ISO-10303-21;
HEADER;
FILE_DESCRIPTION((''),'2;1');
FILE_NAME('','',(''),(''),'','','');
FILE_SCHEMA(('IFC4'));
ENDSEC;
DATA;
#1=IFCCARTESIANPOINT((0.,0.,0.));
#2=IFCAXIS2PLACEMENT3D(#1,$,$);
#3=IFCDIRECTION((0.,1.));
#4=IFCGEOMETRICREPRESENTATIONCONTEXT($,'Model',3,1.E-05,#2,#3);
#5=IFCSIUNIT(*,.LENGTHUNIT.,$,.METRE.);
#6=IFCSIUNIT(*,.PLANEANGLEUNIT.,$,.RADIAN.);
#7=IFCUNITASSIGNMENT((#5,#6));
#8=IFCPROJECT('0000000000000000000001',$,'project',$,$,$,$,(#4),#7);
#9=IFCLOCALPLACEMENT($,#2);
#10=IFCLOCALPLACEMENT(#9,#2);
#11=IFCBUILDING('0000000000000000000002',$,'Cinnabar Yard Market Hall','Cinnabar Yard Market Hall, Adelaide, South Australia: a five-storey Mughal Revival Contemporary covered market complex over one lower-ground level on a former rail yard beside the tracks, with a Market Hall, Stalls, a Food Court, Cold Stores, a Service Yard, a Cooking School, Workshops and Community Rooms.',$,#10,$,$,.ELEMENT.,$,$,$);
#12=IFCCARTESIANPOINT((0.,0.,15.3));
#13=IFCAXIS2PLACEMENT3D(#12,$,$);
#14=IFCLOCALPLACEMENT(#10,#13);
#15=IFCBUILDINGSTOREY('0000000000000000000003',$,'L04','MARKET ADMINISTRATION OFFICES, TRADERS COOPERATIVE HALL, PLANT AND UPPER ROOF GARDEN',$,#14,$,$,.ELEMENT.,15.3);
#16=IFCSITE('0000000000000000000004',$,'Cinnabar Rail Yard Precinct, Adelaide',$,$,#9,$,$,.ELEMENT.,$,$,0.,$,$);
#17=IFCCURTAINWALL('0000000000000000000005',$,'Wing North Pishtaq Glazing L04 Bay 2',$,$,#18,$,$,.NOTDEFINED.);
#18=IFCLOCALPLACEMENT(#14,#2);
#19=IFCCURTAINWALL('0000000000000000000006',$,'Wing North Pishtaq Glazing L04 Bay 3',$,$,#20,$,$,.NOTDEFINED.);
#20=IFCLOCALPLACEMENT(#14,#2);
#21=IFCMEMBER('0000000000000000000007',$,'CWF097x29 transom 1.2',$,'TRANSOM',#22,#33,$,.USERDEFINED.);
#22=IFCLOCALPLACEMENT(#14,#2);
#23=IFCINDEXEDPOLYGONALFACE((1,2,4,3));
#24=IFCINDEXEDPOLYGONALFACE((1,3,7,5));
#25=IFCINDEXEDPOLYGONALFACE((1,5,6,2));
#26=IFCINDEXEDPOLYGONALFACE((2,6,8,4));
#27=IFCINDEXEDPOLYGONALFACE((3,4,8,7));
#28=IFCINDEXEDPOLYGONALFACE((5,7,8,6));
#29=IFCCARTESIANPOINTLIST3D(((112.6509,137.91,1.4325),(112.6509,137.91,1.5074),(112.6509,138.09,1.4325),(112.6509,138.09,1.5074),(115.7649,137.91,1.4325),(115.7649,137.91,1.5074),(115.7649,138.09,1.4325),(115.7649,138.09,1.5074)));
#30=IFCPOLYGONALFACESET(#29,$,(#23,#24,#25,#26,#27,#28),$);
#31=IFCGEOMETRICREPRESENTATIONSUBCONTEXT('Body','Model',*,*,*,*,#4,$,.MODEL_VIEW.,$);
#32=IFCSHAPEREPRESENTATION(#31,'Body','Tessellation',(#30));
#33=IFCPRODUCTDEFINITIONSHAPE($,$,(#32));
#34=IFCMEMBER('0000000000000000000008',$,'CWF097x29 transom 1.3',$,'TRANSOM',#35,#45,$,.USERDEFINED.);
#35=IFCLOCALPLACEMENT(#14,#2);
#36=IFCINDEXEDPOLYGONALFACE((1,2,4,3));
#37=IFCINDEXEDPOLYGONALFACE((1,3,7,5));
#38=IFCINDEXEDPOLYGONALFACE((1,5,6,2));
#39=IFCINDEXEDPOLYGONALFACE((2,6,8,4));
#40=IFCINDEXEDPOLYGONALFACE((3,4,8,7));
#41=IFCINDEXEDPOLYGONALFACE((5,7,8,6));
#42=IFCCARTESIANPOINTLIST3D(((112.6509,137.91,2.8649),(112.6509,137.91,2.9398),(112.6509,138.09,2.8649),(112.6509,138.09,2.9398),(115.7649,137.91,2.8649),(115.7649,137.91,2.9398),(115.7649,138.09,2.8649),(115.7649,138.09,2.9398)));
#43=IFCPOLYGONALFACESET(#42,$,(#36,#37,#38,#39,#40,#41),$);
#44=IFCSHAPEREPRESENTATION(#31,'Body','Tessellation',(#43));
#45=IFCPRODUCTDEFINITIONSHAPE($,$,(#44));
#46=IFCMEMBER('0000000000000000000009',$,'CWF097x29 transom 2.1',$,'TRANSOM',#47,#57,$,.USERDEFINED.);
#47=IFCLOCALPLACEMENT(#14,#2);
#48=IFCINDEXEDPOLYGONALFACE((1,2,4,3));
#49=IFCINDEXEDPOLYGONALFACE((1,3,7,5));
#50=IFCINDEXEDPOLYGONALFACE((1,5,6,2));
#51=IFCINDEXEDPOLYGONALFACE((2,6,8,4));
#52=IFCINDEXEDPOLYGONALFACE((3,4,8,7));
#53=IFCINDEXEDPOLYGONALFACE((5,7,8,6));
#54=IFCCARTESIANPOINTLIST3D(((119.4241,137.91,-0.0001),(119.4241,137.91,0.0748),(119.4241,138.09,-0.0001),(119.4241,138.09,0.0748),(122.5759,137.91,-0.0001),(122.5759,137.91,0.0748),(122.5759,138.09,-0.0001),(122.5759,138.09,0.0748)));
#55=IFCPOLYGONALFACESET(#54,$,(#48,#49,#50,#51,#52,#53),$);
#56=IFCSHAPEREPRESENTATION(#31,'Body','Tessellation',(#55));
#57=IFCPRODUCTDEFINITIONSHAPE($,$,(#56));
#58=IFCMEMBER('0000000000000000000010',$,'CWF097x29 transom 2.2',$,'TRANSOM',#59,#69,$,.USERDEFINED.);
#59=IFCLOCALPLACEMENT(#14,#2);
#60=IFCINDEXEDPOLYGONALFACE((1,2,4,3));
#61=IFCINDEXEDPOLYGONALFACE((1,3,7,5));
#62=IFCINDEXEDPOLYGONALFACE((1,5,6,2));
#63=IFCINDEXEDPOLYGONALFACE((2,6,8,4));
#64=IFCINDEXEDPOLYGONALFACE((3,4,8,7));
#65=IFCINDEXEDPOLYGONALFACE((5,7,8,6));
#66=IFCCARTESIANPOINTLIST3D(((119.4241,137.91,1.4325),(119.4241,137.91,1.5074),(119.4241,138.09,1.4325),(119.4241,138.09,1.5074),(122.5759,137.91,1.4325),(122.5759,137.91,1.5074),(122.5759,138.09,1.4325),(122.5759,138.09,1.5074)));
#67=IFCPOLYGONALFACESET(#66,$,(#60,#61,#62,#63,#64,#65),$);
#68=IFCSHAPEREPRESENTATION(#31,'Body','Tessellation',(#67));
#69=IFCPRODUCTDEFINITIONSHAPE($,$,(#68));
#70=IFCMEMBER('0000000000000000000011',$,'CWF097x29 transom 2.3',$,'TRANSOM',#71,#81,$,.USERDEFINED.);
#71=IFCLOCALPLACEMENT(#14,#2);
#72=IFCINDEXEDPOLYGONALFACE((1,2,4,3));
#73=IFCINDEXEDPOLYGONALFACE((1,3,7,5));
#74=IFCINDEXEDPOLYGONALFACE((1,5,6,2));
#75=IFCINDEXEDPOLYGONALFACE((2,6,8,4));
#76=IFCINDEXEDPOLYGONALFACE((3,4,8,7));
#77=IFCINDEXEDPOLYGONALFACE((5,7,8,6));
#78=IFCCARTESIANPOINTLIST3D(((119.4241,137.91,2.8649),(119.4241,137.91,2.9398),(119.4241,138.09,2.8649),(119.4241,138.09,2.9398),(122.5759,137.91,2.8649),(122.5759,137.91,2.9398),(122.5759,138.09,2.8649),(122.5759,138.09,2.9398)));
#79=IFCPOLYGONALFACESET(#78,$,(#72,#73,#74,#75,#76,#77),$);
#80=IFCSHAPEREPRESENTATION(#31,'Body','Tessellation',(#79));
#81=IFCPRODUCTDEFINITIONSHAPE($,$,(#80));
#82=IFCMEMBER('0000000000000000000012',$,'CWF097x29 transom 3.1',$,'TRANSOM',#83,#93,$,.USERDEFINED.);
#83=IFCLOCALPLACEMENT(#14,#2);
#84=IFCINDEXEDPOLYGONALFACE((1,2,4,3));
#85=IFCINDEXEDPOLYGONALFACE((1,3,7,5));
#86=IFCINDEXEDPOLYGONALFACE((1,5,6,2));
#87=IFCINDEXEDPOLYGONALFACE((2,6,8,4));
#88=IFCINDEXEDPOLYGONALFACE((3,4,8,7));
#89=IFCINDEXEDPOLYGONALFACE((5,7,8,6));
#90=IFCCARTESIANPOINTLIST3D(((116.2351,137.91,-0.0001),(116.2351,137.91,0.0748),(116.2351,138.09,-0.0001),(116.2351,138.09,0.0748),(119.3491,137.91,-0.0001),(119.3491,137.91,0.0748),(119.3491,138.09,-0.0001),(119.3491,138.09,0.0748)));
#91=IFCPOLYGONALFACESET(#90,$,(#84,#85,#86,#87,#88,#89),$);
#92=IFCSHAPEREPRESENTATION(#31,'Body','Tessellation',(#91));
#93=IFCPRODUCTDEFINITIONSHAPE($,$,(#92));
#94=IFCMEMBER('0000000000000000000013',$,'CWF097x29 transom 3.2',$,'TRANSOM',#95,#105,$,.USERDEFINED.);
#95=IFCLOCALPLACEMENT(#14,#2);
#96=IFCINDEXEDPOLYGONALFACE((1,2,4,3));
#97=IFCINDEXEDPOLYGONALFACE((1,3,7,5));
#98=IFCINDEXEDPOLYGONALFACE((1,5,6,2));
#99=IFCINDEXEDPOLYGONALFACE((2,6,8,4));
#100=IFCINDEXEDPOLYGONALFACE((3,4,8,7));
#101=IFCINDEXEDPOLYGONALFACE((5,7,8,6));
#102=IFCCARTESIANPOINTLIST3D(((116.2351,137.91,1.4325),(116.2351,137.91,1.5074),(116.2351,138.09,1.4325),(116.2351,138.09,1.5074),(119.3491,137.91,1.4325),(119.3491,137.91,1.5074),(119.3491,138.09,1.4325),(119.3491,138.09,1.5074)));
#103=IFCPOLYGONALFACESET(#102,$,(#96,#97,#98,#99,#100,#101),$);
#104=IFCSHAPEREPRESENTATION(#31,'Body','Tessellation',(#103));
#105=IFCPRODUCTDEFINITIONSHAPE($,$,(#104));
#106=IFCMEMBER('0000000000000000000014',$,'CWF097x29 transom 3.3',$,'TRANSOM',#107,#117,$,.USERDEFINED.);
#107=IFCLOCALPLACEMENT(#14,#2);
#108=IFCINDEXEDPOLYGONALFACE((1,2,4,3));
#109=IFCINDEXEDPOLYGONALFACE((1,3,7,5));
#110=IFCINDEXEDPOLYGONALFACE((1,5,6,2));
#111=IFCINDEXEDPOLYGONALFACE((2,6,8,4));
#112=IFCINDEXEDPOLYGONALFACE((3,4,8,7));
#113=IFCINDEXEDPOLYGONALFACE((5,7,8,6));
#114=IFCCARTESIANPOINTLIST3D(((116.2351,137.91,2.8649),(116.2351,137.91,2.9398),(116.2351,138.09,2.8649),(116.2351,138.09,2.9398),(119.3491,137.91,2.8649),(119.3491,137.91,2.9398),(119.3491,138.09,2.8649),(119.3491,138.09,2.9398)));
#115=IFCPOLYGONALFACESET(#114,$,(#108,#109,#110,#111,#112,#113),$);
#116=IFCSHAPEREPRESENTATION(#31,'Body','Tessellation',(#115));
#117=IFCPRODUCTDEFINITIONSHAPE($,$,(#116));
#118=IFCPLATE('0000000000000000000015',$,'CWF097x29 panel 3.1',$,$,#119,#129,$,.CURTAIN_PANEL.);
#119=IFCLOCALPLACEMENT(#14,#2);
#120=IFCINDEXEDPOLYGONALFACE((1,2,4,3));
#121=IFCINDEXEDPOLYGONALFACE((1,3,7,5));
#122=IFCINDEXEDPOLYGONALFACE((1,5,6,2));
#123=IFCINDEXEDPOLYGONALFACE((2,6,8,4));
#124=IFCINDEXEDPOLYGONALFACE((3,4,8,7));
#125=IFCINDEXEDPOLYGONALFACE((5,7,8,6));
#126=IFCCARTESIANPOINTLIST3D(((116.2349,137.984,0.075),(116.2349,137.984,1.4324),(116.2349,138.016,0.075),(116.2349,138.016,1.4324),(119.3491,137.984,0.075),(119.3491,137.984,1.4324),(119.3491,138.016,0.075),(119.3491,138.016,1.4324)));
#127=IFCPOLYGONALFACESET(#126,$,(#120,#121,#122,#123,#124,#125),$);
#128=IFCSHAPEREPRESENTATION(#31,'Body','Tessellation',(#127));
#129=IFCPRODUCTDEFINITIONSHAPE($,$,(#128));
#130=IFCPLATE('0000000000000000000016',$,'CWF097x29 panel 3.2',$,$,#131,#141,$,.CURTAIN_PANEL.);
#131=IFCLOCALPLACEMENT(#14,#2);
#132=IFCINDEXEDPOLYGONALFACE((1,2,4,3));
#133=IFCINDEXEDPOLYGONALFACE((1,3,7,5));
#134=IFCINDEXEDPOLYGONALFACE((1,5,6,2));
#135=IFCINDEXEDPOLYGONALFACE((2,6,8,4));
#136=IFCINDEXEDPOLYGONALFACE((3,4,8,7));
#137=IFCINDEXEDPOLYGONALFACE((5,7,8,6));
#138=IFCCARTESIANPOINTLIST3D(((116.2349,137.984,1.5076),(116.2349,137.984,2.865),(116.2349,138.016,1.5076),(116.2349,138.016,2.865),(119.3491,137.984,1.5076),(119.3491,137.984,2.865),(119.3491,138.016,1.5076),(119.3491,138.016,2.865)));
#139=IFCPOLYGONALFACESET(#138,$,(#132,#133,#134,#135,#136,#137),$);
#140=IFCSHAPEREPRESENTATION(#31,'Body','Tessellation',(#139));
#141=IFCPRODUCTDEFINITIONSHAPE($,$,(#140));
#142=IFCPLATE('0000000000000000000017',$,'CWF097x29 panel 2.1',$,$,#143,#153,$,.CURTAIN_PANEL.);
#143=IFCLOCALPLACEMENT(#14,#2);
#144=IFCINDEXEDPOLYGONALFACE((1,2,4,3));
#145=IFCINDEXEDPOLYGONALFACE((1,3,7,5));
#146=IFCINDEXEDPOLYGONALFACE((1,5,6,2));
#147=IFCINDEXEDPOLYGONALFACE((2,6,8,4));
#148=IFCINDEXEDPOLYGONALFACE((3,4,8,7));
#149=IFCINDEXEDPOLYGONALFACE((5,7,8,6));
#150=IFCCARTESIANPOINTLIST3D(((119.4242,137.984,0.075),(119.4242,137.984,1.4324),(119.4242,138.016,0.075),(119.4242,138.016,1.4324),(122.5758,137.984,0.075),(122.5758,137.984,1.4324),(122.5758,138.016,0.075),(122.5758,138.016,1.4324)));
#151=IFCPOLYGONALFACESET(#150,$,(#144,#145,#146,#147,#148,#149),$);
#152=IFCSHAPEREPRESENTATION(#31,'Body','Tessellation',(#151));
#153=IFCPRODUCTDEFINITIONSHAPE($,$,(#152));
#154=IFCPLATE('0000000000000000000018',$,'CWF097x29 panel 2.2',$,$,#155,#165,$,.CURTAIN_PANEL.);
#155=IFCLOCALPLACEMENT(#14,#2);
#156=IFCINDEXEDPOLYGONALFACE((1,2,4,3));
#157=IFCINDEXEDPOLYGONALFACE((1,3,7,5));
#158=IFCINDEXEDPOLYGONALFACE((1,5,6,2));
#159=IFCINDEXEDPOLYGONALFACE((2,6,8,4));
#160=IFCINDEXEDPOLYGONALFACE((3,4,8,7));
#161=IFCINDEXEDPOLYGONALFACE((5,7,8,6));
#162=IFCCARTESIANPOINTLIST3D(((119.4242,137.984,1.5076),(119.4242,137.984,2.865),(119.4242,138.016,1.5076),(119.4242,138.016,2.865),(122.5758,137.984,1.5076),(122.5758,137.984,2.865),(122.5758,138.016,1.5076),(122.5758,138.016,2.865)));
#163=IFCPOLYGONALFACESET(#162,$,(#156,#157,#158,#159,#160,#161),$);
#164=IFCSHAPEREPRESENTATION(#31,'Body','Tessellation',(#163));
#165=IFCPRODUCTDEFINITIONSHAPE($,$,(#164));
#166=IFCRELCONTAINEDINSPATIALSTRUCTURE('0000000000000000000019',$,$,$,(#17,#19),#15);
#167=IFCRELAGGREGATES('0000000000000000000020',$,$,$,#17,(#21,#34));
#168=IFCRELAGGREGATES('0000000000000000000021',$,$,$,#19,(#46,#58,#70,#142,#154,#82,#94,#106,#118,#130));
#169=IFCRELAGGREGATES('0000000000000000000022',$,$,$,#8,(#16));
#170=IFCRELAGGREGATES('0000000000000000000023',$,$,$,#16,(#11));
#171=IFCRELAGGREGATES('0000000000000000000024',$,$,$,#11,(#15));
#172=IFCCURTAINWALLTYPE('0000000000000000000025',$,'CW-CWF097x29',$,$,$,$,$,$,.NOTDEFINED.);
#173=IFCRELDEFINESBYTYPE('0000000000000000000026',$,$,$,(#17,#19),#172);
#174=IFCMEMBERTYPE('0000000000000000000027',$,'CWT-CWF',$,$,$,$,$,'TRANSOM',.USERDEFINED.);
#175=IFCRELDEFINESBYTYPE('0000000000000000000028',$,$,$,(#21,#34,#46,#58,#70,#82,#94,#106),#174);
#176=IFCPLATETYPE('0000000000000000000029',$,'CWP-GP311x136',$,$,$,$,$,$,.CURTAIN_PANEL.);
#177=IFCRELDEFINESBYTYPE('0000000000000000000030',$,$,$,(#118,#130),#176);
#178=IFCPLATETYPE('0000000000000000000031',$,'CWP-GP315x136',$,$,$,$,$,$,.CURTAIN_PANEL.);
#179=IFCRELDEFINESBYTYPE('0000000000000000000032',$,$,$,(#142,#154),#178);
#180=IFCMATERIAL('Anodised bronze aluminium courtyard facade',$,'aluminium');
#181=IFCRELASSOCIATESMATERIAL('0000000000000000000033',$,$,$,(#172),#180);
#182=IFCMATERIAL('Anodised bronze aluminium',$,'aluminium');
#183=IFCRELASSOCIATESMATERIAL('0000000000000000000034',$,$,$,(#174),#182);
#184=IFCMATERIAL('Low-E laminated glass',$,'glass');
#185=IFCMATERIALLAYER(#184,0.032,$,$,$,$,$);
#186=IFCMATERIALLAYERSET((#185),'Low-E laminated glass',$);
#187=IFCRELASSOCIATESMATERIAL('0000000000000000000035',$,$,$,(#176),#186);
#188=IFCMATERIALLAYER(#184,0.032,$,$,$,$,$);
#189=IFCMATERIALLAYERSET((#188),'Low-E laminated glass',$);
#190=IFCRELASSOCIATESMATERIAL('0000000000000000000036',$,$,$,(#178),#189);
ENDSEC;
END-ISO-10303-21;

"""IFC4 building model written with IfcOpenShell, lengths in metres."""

from ifc_helpers import new_model, si_unit, direction, frame, origin, origin_2d_with_axis, place, context, subcontext, project, spatial, rectangle, extrude, material, layer, layer_set, material_profile, profile_set, type_object, element, aggregate, save


model = new_model("IFC4")

# Units and contexts
model_context = context("Model", 3, precision=1e-05, world=origin(), true_north=direction((0.0, 1.0)))
body_context = subcontext(model_context, "Body", "Model", "MODEL_VIEW")
ifc_project = project(units=[si_unit("LENGTHUNIT", "METRE"), si_unit("PLANEANGLEUNIT", "RADIAN")], contexts=[model_context])

# Site, building, storey
site_placement = place(None, origin())
site = spatial("IfcSite", under=ifc_project, at=site_placement, Name="Cinnabar Rail Yard Precinct, Adelaide", CompositionType="ELEMENT", RefElevation=0.0)
building_placement = place(site_placement, origin())
building = spatial("IfcBuilding", under=site, at=building_placement, Name="Cinnabar Yard Market Hall", Description="Cinnabar Yard Market Hall, Adelaide, South Australia: a five-storey Mughal Revival Contemporary covered market complex over one lower-ground level on a former rail yard beside the tracks, with a Market Hall, Stalls, a Food Court, Cold Stores, a Service Yard, a Cooking School, Workshops and Community Rooms.", CompositionType="ELEMENT")
storey_placement = place(building_placement, frame((0.0, 0.0, 15.3)))
storey = spatial("IfcBuildingStorey", under=building, at=storey_placement, Name="L04", Description="MARKET ADMINISTRATION OFFICES, TRADERS COOPERATIVE HALL, PLANT AND UPPER ROOF GARDEN", CompositionType="ELEMENT", Elevation=15.3)

# Curtain wall
ifc_material_1 = material(Name="Anodised bronze aluminium courtyard facade", Category="aluminium")
curtain_wall_type = type_object("IfcCurtainWallType", Name="CW-CWF097x29", PredefinedType="NOTDEFINED", material=ifc_material_1)
curtain_wall_1_placement = place(storey_placement, origin())
curtain_wall_1 = element("IfcCurtainWall", 1, at=curtain_wall_1_placement, inside=storey, type_object=curtain_wall_type, Name="Wing North Pishtaq Glazing L04 Bay 2", PredefinedType="NOTDEFINED")
ifc_material_2 = material(Name="Anodised bronze aluminium", Category="aluminium")

# Curtain wall
curtain_wall_2_placement = place(storey_placement, origin())
curtain_wall_2 = element("IfcCurtainWall", 2, at=curtain_wall_2_placement, inside=storey, type_object=curtain_wall_type, Name="Wing North Pishtaq Glazing L04 Bay 3", PredefinedType="NOTDEFINED")

# Members
ifc_material_profile_1 = material_profile(ifc_material_2, rectangle(XDim=0.1799, YDim=0.075, at=origin_2d_with_axis()), Name="TRN-CWF")
ifc_profile_set_1 = profile_set([ifc_material_profile_1], Name="Anodised bronze aluminium")
member_type_1 = type_object("IfcMemberType", Name="CWT-CWF", ElementType="TRANSOM", PredefinedType="USERDEFINED", material=ifc_profile_set_1)
member_1_placement = place(storey_placement, frame((115.7649, 138.0, 1.47), z_axis=(-1.0, 0.0, 0.0), x_axis=(0.0, -1.0, 0.0)))
member_1 = element("IfcMember", 3, at=member_1_placement, type_object=member_type_1, Name="CWF097x29 transom 1.2", ObjectType="TRANSOM", PredefinedType="USERDEFINED", context=body_context, shape_type="SweptSolid", body=[
    extrude(rectangle(XDim=0.1799, YDim=0.075, at=origin_2d_with_axis()), origin(), (0.0, 0.0, 1.0), 3.114),
])
member_2_placement = place(storey_placement, frame((115.7649, 138.0, 2.9023), z_axis=(-1.0, 0.0, 0.0), x_axis=(0.0, -1.0, 0.0)))
member_2 = element("IfcMember", 4, at=member_2_placement, type_object=member_type_1, Name="CWF097x29 transom 1.3", ObjectType="TRANSOM", PredefinedType="USERDEFINED", context=body_context, shape_type="SweptSolid", body=[
    extrude(rectangle(XDim=0.1799, YDim=0.075, at=origin_2d_with_axis()), origin(), (0.0, 0.0, 1.0), 3.114),
])
aggregate(curtain_wall_1, [member_1, member_2])
member_3_placement = place(storey_placement, frame((122.5759, 138.0, 0.0374), z_axis=(-1.0, 0.0, 0.0), x_axis=(0.0, -1.0, 0.0)))
member_3 = element("IfcMember", 5, at=member_3_placement, type_object=member_type_1, Name="CWF097x29 transom 2.1", ObjectType="TRANSOM", PredefinedType="USERDEFINED", context=body_context, shape_type="SweptSolid", body=[
    extrude(rectangle(XDim=0.1799, YDim=0.075, at=origin_2d_with_axis()), origin(), (0.0, 0.0, 1.0), 3.1519),
])
member_4_placement = place(storey_placement, frame((122.5759, 138.0, 1.47), z_axis=(-1.0, 0.0, 0.0), x_axis=(0.0, -1.0, 0.0)))
member_4 = element("IfcMember", 6, at=member_4_placement, type_object=member_type_1, Name="CWF097x29 transom 2.2", ObjectType="TRANSOM", PredefinedType="USERDEFINED", context=body_context, shape_type="SweptSolid", body=[
    extrude(rectangle(XDim=0.1799, YDim=0.075, at=origin_2d_with_axis()), origin(), (0.0, 0.0, 1.0), 3.1519),
])
member_5_placement = place(storey_placement, frame((122.5759, 138.0, 2.9023), z_axis=(-1.0, 0.0, 0.0), x_axis=(0.0, -1.0, 0.0)))
member_5 = element("IfcMember", 7, at=member_5_placement, type_object=member_type_1, Name="CWF097x29 transom 2.3", ObjectType="TRANSOM", PredefinedType="USERDEFINED", context=body_context, shape_type="SweptSolid", body=[
    extrude(rectangle(XDim=0.1799, YDim=0.075, at=origin_2d_with_axis()), origin(), (0.0, 0.0, 1.0), 3.1519),
])
member_6_placement = place(storey_placement, frame((119.3491, 138.0, 0.0374), z_axis=(-1.0, 0.0, 0.0), x_axis=(0.0, -1.0, 0.0)))
member_6 = element("IfcMember", 8, at=member_6_placement, type_object=member_type_1, Name="CWF097x29 transom 3.1", ObjectType="TRANSOM", PredefinedType="USERDEFINED", context=body_context, shape_type="SweptSolid", body=[
    extrude(rectangle(XDim=0.1799, YDim=0.075, at=origin_2d_with_axis()), origin(), (0.0, 0.0, 1.0), 3.114),
])
member_7_placement = place(storey_placement, frame((119.3491, 138.0, 1.47), z_axis=(-1.0, 0.0, 0.0), x_axis=(0.0, -1.0, 0.0)))
member_7 = element("IfcMember", 9, at=member_7_placement, type_object=member_type_1, Name="CWF097x29 transom 3.2", ObjectType="TRANSOM", PredefinedType="USERDEFINED", context=body_context, shape_type="SweptSolid", body=[
    extrude(rectangle(XDim=0.1799, YDim=0.075, at=origin_2d_with_axis()), origin(), (0.0, 0.0, 1.0), 3.114),
])
member_8_placement = place(storey_placement, frame((119.3491, 138.0, 2.9023), z_axis=(-1.0, 0.0, 0.0), x_axis=(0.0, -1.0, 0.0)))
member_8 = element("IfcMember", 10, at=member_8_placement, type_object=member_type_1, Name="CWF097x29 transom 3.3", ObjectType="TRANSOM", PredefinedType="USERDEFINED", context=body_context, shape_type="SweptSolid", body=[
    extrude(rectangle(XDim=0.1799, YDim=0.075, at=origin_2d_with_axis()), origin(), (0.0, 0.0, 1.0), 3.114),
])

# Plates
ifc_material_3 = material(Name="Low-E laminated glass", Category="glass")
ifc_layer_1 = layer(ifc_material_3, 0.032)
ifc_layer_set_1 = layer_set([ifc_layer_1], Name="Low-E laminated glass")
plate_type_1 = type_object("IfcPlateType", Name="CWP-GP311x136", PredefinedType="CURTAIN_PANEL", material=ifc_layer_set_1)
plate_1_placement = place(storey_placement, frame((117.792, 138.0, 0.075), z_axis=(0.0, 0.0, 1.0), x_axis=(-1.0, 0.0, 0.0)))
plate_1 = element("IfcPlate", 11, at=plate_1_placement, type_object=plate_type_1, Name="CWF097x29 panel 3.1", PredefinedType="CURTAIN_PANEL", context=body_context, shape_type="SweptSolid", body=[
    extrude(rectangle(XDim=3.1143, YDim=0.032, at=origin_2d_with_axis()), origin(), (0.0, 0.0, 1.0), 1.3574),
])
plate_2_placement = place(storey_placement, frame((117.792, 138.0, 1.5076), z_axis=(0.0, 0.0, 1.0), x_axis=(-1.0, 0.0, 0.0)))
plate_2 = element("IfcPlate", 12, at=plate_2_placement, type_object=plate_type_1, Name="CWF097x29 panel 3.2", PredefinedType="CURTAIN_PANEL", context=body_context, shape_type="SweptSolid", body=[
    extrude(rectangle(XDim=3.1143, YDim=0.032, at=origin_2d_with_axis()), origin(), (0.0, 0.0, 1.0), 1.3574),
])
ifc_layer_2 = layer(ifc_material_3, 0.032)
ifc_layer_set_2 = layer_set([ifc_layer_2], Name="Low-E laminated glass")
plate_type_2 = type_object("IfcPlateType", Name="CWP-GP315x136", PredefinedType="CURTAIN_PANEL", material=ifc_layer_set_2)
plate_3_placement = place(storey_placement, frame((121.0, 138.0, 0.075), z_axis=(0.0, 0.0, 1.0), x_axis=(-1.0, 0.0, 0.0)))
plate_3 = element("IfcPlate", 13, at=plate_3_placement, type_object=plate_type_2, Name="CWF097x29 panel 2.1", PredefinedType="CURTAIN_PANEL", context=body_context, shape_type="SweptSolid", body=[
    extrude(rectangle(XDim=3.1516, YDim=0.032, at=origin_2d_with_axis()), origin(), (0.0, 0.0, 1.0), 1.3574),
])
plate_4_placement = place(storey_placement, frame((121.0, 138.0, 1.5076), z_axis=(0.0, 0.0, 1.0), x_axis=(-1.0, 0.0, 0.0)))
plate_4 = element("IfcPlate", 14, at=plate_4_placement, type_object=plate_type_2, Name="CWF097x29 panel 2.2", PredefinedType="CURTAIN_PANEL", context=body_context, shape_type="SweptSolid", body=[
    extrude(rectangle(XDim=3.1516, YDim=0.032, at=origin_2d_with_axis()), origin(), (0.0, 0.0, 1.0), 1.3574),
])
aggregate(curtain_wall_2, [member_3, member_4, member_5, plate_3, plate_4, member_6, member_7, member_8, plate_1, plate_2])

save(model, "model.ifc")
